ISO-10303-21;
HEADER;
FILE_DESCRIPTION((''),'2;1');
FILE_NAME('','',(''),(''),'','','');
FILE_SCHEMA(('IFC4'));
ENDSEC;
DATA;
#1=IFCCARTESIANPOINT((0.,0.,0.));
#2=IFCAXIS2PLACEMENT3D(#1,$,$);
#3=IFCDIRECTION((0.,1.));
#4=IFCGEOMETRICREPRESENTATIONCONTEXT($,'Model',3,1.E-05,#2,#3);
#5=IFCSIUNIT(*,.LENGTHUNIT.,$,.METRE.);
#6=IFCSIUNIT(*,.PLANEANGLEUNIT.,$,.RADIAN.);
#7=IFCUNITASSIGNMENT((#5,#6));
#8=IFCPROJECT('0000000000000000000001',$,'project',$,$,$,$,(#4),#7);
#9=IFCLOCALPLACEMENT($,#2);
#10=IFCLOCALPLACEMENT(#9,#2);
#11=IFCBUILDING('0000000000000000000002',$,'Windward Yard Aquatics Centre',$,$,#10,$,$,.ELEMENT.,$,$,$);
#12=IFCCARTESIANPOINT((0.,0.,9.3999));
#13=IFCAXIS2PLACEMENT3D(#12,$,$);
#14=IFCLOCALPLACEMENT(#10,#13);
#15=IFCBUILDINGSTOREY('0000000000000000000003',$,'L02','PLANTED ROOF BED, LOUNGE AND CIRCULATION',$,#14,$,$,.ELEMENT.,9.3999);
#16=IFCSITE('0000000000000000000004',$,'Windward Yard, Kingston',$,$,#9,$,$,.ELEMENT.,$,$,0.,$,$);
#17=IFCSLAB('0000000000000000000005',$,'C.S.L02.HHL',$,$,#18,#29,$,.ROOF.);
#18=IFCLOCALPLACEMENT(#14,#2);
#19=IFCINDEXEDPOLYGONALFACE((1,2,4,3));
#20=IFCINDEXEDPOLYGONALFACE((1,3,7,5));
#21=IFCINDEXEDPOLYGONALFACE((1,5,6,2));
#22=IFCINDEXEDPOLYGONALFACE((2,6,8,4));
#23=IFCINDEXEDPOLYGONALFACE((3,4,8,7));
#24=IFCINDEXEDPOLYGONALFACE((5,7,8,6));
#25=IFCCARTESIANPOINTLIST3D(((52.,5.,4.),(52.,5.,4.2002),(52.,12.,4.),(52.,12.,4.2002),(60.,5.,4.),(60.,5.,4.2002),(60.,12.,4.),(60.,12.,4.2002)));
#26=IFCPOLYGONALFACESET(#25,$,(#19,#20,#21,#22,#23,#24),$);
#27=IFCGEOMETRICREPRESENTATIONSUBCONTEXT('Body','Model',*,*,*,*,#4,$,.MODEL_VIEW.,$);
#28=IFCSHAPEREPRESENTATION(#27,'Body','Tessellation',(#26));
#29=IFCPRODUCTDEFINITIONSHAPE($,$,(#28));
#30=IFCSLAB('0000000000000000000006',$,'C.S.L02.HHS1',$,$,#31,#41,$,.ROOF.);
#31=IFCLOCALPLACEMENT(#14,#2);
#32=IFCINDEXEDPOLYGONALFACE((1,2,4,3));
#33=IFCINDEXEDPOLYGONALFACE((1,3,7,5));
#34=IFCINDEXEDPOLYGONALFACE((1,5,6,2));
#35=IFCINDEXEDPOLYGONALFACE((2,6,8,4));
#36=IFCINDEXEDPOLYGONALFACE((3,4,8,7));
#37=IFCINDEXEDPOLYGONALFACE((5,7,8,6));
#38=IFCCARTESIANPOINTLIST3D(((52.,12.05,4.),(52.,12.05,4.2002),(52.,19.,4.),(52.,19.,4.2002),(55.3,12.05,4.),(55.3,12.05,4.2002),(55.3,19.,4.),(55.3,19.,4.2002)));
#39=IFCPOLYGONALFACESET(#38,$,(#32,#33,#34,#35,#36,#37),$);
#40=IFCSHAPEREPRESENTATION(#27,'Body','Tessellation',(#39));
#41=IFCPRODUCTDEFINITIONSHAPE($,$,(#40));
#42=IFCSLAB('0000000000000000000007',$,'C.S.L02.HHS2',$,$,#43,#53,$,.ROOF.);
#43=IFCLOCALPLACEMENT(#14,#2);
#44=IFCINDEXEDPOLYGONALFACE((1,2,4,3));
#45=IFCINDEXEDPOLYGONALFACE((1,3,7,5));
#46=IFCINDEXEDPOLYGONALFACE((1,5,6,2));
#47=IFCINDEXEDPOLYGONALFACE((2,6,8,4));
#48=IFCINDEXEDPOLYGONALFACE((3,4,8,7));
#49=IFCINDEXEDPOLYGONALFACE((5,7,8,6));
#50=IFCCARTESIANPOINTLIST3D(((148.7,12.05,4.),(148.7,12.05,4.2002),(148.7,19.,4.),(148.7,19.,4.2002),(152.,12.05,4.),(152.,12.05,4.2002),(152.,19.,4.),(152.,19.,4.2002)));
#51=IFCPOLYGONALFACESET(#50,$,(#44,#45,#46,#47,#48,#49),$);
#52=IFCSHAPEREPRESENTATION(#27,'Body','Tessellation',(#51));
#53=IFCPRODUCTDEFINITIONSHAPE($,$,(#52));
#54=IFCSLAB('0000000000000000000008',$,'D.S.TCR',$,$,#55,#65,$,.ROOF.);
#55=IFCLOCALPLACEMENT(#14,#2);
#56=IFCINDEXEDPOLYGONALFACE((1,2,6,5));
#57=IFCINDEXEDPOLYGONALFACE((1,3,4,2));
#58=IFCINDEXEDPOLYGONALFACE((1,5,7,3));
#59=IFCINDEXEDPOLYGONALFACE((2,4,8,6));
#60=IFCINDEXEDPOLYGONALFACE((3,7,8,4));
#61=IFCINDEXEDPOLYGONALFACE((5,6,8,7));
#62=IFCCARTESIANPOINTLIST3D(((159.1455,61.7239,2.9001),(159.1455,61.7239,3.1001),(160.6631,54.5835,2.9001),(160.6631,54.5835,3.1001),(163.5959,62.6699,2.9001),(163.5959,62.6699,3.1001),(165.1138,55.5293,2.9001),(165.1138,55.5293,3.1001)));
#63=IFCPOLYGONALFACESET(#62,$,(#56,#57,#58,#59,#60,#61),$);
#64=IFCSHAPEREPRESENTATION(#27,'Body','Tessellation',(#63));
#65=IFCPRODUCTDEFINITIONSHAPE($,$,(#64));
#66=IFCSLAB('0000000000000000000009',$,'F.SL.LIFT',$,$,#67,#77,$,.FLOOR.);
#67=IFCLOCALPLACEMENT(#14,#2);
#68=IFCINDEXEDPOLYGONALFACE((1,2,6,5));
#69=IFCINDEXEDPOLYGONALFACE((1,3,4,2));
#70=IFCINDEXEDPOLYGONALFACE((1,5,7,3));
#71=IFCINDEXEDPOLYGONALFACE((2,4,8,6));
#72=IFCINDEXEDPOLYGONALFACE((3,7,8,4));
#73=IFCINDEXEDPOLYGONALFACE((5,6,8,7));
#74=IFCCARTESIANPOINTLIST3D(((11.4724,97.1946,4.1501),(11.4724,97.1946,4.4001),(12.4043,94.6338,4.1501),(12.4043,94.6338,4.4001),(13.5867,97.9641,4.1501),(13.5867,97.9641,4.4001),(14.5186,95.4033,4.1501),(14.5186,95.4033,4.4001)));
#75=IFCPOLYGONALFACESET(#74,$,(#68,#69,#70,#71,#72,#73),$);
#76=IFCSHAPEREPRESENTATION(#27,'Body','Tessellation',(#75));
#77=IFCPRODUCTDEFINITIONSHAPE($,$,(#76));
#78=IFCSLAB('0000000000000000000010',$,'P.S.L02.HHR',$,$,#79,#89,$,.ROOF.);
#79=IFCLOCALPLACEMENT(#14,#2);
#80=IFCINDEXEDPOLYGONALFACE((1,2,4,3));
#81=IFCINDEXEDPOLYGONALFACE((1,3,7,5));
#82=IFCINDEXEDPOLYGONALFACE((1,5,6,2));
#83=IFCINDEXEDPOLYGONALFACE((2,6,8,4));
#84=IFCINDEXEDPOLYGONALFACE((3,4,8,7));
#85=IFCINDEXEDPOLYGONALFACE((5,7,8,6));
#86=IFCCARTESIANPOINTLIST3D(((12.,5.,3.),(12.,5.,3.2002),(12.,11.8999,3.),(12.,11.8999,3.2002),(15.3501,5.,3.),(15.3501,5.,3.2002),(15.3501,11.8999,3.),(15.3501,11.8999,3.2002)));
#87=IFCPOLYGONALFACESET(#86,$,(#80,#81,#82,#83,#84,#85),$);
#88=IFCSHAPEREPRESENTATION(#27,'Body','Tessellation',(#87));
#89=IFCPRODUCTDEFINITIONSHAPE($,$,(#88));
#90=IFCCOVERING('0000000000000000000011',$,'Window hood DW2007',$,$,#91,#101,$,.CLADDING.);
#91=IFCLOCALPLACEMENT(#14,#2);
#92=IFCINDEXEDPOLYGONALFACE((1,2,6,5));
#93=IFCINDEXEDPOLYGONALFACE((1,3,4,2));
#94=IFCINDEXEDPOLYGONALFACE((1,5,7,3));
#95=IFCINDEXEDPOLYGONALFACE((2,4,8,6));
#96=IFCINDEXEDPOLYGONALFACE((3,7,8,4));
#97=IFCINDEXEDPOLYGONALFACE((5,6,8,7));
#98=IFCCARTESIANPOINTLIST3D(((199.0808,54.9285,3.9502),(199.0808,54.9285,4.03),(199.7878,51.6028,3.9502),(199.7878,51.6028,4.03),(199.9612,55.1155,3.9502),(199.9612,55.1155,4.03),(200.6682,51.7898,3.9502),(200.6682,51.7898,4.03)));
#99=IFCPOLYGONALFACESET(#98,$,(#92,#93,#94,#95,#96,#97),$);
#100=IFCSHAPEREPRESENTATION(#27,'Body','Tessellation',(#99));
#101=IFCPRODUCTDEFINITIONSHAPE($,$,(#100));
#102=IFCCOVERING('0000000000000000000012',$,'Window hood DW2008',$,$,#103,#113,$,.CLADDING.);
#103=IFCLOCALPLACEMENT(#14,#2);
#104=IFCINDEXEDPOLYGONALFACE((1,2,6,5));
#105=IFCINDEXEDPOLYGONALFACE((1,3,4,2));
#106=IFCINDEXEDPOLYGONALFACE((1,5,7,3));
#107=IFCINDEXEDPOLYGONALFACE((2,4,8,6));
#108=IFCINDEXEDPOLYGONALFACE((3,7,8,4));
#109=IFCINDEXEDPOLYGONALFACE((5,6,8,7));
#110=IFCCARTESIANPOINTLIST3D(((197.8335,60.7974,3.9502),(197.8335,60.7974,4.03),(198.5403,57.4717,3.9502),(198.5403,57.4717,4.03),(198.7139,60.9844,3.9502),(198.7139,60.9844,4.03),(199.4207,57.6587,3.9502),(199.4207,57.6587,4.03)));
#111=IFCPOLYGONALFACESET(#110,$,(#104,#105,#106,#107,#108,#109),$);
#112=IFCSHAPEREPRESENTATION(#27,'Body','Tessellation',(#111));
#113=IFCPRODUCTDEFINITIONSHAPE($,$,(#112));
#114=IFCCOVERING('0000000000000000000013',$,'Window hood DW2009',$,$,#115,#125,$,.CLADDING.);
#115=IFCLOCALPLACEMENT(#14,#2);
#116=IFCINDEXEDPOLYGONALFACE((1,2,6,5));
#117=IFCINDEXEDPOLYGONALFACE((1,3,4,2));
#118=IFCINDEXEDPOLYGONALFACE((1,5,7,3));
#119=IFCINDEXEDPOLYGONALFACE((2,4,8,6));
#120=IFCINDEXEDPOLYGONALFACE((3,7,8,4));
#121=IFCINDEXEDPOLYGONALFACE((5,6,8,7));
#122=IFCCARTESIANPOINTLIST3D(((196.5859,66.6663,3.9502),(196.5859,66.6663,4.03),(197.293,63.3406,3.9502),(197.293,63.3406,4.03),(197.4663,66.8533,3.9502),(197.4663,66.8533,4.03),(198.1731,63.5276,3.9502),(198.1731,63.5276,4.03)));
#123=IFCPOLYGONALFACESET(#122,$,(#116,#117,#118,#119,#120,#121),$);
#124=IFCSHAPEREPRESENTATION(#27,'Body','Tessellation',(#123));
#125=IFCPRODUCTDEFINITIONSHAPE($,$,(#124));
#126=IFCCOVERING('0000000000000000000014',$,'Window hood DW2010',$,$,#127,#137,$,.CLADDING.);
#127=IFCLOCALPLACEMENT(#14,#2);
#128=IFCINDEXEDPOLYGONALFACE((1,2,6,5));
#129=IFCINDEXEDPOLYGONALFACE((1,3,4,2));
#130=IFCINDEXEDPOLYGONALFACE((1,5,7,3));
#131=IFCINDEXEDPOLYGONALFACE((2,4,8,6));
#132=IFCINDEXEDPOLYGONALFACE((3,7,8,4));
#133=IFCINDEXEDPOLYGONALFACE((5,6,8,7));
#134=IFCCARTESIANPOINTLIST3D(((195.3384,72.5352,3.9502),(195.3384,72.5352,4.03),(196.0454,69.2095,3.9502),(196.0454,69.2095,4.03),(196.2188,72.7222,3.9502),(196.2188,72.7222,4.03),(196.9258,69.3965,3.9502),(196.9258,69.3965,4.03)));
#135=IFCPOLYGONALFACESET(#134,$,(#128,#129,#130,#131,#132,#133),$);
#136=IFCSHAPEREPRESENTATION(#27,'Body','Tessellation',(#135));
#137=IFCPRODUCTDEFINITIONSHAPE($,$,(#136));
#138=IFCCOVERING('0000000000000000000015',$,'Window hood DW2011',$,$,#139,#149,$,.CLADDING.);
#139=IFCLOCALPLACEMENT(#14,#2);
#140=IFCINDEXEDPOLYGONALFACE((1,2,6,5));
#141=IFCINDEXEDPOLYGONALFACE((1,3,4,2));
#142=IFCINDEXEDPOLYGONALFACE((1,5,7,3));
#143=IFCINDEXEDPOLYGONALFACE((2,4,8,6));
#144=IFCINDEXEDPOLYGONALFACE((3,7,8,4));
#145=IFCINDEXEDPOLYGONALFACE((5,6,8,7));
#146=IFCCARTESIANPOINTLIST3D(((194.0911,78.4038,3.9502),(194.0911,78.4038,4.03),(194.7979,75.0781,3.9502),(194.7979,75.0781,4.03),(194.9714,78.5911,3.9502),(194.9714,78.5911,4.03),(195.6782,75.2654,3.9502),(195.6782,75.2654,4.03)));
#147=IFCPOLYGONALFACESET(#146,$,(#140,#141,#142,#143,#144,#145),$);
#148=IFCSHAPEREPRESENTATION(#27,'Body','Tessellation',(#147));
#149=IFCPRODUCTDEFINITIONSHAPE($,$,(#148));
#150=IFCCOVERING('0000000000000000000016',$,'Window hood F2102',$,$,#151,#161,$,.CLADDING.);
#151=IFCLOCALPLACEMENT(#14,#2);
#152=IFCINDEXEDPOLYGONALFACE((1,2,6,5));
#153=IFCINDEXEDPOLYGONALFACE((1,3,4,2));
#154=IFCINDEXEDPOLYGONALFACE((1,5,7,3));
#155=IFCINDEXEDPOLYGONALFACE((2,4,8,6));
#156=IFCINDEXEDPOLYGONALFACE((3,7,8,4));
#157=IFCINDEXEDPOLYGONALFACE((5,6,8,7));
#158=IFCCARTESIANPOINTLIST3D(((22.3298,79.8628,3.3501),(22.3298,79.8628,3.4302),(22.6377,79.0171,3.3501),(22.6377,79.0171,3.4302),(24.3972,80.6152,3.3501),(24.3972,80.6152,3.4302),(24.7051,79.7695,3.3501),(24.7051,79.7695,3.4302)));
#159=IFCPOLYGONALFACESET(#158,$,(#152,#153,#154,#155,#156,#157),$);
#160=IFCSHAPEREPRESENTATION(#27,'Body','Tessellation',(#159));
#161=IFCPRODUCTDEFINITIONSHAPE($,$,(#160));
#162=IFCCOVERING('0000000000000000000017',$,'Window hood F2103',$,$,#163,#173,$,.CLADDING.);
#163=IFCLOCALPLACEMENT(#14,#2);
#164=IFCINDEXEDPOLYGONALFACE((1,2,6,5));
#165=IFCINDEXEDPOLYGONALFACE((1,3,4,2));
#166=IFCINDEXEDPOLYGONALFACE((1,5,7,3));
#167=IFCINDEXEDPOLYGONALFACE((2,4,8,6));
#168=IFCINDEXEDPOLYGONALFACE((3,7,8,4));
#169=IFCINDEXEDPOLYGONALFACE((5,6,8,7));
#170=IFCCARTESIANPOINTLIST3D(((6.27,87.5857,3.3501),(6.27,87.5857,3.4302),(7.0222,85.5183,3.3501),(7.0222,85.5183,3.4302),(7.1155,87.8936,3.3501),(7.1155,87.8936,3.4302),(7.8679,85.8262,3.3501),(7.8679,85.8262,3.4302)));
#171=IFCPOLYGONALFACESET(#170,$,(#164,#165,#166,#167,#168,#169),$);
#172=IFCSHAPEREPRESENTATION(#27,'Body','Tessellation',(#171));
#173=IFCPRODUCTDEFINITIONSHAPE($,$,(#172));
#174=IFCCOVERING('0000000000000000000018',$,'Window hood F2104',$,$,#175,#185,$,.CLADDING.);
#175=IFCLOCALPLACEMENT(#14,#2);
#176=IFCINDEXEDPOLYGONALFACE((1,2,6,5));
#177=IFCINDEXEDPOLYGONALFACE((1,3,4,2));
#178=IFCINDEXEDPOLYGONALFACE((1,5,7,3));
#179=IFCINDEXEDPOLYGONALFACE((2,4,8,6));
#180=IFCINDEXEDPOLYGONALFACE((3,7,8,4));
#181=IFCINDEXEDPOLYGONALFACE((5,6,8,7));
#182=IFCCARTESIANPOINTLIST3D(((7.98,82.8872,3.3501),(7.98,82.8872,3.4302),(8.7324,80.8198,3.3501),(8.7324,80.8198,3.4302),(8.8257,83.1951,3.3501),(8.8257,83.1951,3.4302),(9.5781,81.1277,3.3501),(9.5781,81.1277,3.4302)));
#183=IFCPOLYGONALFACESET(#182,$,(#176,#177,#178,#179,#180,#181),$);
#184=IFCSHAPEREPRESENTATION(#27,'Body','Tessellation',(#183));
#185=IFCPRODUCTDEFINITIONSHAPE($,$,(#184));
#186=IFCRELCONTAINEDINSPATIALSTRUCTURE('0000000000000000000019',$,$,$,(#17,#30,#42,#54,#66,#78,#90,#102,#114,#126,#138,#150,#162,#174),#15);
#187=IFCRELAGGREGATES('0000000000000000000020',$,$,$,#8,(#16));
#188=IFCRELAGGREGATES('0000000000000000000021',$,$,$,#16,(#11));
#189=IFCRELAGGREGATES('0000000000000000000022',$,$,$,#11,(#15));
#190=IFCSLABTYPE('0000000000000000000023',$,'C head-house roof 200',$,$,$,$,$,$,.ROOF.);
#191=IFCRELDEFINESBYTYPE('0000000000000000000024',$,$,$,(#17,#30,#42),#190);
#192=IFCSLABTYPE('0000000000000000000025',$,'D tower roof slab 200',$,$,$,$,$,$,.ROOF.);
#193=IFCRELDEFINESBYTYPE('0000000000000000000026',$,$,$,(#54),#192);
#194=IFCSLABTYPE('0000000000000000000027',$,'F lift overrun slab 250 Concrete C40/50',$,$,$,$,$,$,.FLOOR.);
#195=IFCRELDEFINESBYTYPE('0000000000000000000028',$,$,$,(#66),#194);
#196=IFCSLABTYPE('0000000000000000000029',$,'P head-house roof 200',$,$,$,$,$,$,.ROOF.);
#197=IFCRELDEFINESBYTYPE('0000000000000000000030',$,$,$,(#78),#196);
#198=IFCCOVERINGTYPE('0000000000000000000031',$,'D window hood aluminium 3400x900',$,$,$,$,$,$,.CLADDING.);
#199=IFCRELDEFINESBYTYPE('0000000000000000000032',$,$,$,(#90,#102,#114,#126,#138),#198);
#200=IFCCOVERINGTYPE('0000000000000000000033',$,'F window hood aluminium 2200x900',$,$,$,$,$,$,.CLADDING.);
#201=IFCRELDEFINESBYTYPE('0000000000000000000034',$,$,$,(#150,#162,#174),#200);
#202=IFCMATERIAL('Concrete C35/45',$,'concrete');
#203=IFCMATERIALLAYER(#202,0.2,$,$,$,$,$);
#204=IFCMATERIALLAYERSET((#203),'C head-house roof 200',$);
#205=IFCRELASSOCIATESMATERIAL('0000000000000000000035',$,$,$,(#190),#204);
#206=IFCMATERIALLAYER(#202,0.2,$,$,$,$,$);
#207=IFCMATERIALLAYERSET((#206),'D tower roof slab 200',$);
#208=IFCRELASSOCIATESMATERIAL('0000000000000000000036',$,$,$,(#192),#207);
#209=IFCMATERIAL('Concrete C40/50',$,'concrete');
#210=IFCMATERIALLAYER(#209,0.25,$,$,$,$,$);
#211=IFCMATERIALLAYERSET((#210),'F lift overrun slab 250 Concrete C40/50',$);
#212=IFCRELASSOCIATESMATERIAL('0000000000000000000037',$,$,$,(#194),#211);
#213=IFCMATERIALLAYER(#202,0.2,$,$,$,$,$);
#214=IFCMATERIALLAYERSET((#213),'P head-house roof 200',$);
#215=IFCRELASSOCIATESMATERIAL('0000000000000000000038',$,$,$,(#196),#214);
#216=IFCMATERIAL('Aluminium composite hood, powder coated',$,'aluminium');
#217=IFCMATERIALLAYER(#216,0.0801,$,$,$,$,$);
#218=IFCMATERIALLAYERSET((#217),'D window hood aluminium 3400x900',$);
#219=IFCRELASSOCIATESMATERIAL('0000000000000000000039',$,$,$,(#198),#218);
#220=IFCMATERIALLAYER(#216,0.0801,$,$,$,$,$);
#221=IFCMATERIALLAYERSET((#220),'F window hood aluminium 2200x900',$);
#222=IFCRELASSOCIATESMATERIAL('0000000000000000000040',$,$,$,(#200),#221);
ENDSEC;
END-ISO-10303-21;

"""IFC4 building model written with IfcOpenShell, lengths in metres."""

from ifc_helpers import new_model, si_unit, direction, frame, origin, place, context, subcontext, project, spatial, polyline, outline, extrude, material, layer, layer_set, type_object, element, save


model = new_model("IFC4")

# Units and contexts
model_context = context("Model", 3, precision=1e-05, world=origin(), true_north=direction((0.0, 1.0)))
body_context = subcontext(model_context, "Body", "Model", "MODEL_VIEW")
ifc_project = project(units=[si_unit("LENGTHUNIT", "METRE"), si_unit("PLANEANGLEUNIT", "RADIAN")], contexts=[model_context])

# Site, building, storey
site_placement = place(None, origin())
site = spatial("IfcSite", under=ifc_project, at=site_placement, Name="Windward Yard, Kingston", CompositionType="ELEMENT", RefElevation=0.0)
building_placement = place(site_placement, origin())
building = spatial("IfcBuilding", under=site, at=building_placement, Name="Windward Yard Aquatics Centre", CompositionType="ELEMENT")
storey_placement = place(building_placement, frame((0.0, 0.0, 9.3999)))
storey = spatial("IfcBuildingStorey", under=building, at=storey_placement, Name="L02", Description="PLANTED ROOF BED, LOUNGE AND CIRCULATION", CompositionType="ELEMENT", Elevation=9.3999)

# Slabs
ifc_material_1 = material(Name="Concrete C35/45", Category="concrete")
ifc_layer_1 = layer(ifc_material_1, 0.2)
ifc_layer_set_1 = layer_set([ifc_layer_1], Name="C head-house roof 200")
slab_type_1 = type_object("IfcSlabType", Name="C head-house roof 200", PredefinedType="ROOF", material=ifc_layer_set_1)
slab_1_placement = place(storey_placement, frame((0.0, 0.0, 4.0)))
element("IfcSlab", 1, at=slab_1_placement, inside=storey, type_object=slab_type_1, Name="C.S.L02.HHL", PredefinedType="ROOF", context=body_context, shape_type="SweptSolid", body=[
    extrude(outline(polyline([(52.0, 5.0), (60.0, 5.0), (60.0, 12.0), (52.0, 12.0), (52.0, 5.0)])), origin(), (0.0, 0.0, 1.0), 0.2002),
])
slab_2_placement = place(storey_placement, frame((0.0, 0.0, 4.0)))
element("IfcSlab", 2, at=slab_2_placement, inside=storey, type_object=slab_type_1, Name="C.S.L02.HHS1", PredefinedType="ROOF", context=body_context, shape_type="SweptSolid", body=[
    extrude(outline(polyline([(52.0, 12.05), (55.3, 12.05), (55.3, 19.0), (52.0, 19.0), (52.0, 12.05)])), origin(), (0.0, 0.0, 1.0), 0.2002),
])
slab_3_placement = place(storey_placement, frame((0.0, 0.0, 4.0)))
element("IfcSlab", 3, at=slab_3_placement, inside=storey, type_object=slab_type_1, Name="C.S.L02.HHS2", PredefinedType="ROOF", context=body_context, shape_type="SweptSolid", body=[
    extrude(outline(polyline([(148.7, 12.05), (152.0, 12.05), (152.0, 19.0), (148.7, 19.0), (148.7, 12.05)])), origin(), (0.0, 0.0, 1.0), 0.2002),
])
ifc_layer_2 = layer(ifc_material_1, 0.2)
ifc_layer_set_2 = layer_set([ifc_layer_2], Name="D tower roof slab 200")
slab_type_2 = type_object("IfcSlabType", Name="D tower roof slab 200", PredefinedType="ROOF", material=ifc_layer_set_2)
slab_4_placement = place(storey_placement, frame((0.0, 0.0, 2.9001)))
element("IfcSlab", 4, at=slab_4_placement, inside=storey, type_object=slab_type_2, Name="D.S.TCR", PredefinedType="ROOF", context=body_context, shape_type="SweptSolid", body=[
    extrude(outline(polyline([(159.1455, 61.7239), (160.6631, 54.5835), (165.1138, 55.5293), (163.5959, 62.6699), (159.1455, 61.7239)])), origin(), (0.0, 0.0, 1.0), 0.2),
])
ifc_material_2 = material(Name="Concrete C40/50", Category="concrete")
ifc_layer_3 = layer(ifc_material_2, 0.25)
ifc_layer_set_3 = layer_set([ifc_layer_3], Name="F lift overrun slab 250 Concrete C40/50")
slab_type_3 = type_object("IfcSlabType", Name="F lift overrun slab 250 Concrete C40/50", PredefinedType="FLOOR", material=ifc_layer_set_3)
slab_5_placement = place(storey_placement, frame((0.0, 0.0, 4.1501)))
element("IfcSlab", 5, at=slab_5_placement, inside=storey, type_object=slab_type_3, Name="F.SL.LIFT", PredefinedType="FLOOR", context=body_context, shape_type="SweptSolid", body=[
    extrude(outline(polyline([(11.4724, 97.1946), (12.4043, 94.6338), (14.5186, 95.4033), (13.5867, 97.9641), (11.4724, 97.1946)])), origin(), (0.0, 0.0, 1.0), 0.25),
])
ifc_layer_4 = layer(ifc_material_1, 0.2)
ifc_layer_set_4 = layer_set([ifc_layer_4], Name="P head-house roof 200")
slab_type_4 = type_object("IfcSlabType", Name="P head-house roof 200", PredefinedType="ROOF", material=ifc_layer_set_4)
slab_6_placement = place(storey_placement, frame((0.0, 0.0, 3.0)))
element("IfcSlab", 6, at=slab_6_placement, inside=storey, type_object=slab_type_4, Name="P.S.L02.HHR", PredefinedType="ROOF", context=body_context, shape_type="SweptSolid", body=[
    extrude(outline(polyline([(12.0, 5.0), (15.3501, 5.0), (15.3501, 11.8999), (12.0, 11.8999), (12.0, 5.0)])), origin(), (0.0, 0.0, 1.0), 0.2002),
])

# Coverings
ifc_material_3 = material(Name="Aluminium composite hood, powder coated", Category="aluminium")
ifc_layer_5 = layer(ifc_material_3, 0.0801)
ifc_layer_set_5 = layer_set([ifc_layer_5], Name="D window hood aluminium 3400x900")
covering_type_1 = type_object("IfcCoveringType", Name="D window hood aluminium 3400x900", PredefinedType="CLADDING", material=ifc_layer_set_5)
covering_1_placement = place(storey_placement, frame((0.0, 0.0, 3.9502)))
element("IfcCovering", 7, at=covering_1_placement, inside=storey, type_object=covering_type_1, Name="Window hood DW2007", PredefinedType="CLADDING", context=body_context, shape_type="SweptSolid", body=[
    extrude(outline(polyline([(199.0808, 54.9285), (199.9612, 55.1155), (200.6682, 51.7898), (199.7878, 51.6028), (199.0808, 54.9285)])), origin(), (0.0, 0.0, 1.0), 0.0798),
])
covering_2_placement = place(storey_placement, frame((0.0, 0.0, 3.9502)))
element("IfcCovering", 8, at=covering_2_placement, inside=storey, type_object=covering_type_1, Name="Window hood DW2008", PredefinedType="CLADDING", context=body_context, shape_type="SweptSolid", body=[
    extrude(outline(polyline([(197.8335, 60.7974), (198.7139, 60.9844), (199.4207, 57.6587), (198.5403, 57.4717), (197.8335, 60.7974)])), origin(), (0.0, 0.0, 1.0), 0.0798),
])
covering_3_placement = place(storey_placement, frame((0.0, 0.0, 3.9502)))
element("IfcCovering", 9, at=covering_3_placement, inside=storey, type_object=covering_type_1, Name="Window hood DW2009", PredefinedType="CLADDING", context=body_context, shape_type="SweptSolid", body=[
    extrude(outline(polyline([(196.5859, 66.6663), (197.4663, 66.8533), (198.1731, 63.5276), (197.293, 63.3406), (196.5859, 66.6663)])), origin(), (0.0, 0.0, 1.0), 0.0798),
])
covering_4_placement = place(storey_placement, frame((0.0, 0.0, 3.9502)))
element("IfcCovering", 10, at=covering_4_placement, inside=storey, type_object=covering_type_1, Name="Window hood DW2010", PredefinedType="CLADDING", context=body_context, shape_type="SweptSolid", body=[
    extrude(outline(polyline([(195.3384, 72.5352), (196.2188, 72.7222), (196.9258, 69.3965), (196.0454, 69.2095), (195.3384, 72.5352)])), origin(), (0.0, 0.0, 1.0), 0.0798),
])
covering_5_placement = place(storey_placement, frame((0.0, 0.0, 3.9502)))
element("IfcCovering", 11, at=covering_5_placement, inside=storey, type_object=covering_type_1, Name="Window hood DW2011", PredefinedType="CLADDING", context=body_context, shape_type="SweptSolid", body=[
    extrude(outline(polyline([(194.0911, 78.4038), (194.9714, 78.5911), (195.6782, 75.2654), (194.7979, 75.0781), (194.0911, 78.4038)])), origin(), (0.0, 0.0, 1.0), 0.0798),
])
ifc_layer_6 = layer(ifc_material_3, 0.0801)
ifc_layer_set_6 = layer_set([ifc_layer_6], Name="F window hood aluminium 2200x900")
covering_type_2 = type_object("IfcCoveringType", Name="F window hood aluminium 2200x900", PredefinedType="CLADDING", material=ifc_layer_set_6)
covering_6_placement = place(storey_placement, frame((0.0, 0.0, 3.3501)))
element("IfcCovering", 12, at=covering_6_placement, inside=storey, type_object=covering_type_2, Name="Window hood F2102", PredefinedType="CLADDING", context=body_context, shape_type="SweptSolid", body=[
    extrude(outline(polyline([(22.3298, 79.8628), (24.3972, 80.6152), (24.7051, 79.7695), (22.6377, 79.0171), (22.3298, 79.8628)])), origin(), (0.0, 0.0, 1.0), 0.0801),
])
covering_7_placement = place(storey_placement, frame((0.0, 0.0, 3.3501)))
element("IfcCovering", 13, at=covering_7_placement, inside=storey, type_object=covering_type_2, Name="Window hood F2103", PredefinedType="CLADDING", context=body_context, shape_type="SweptSolid", body=[
    extrude(outline(polyline([(6.27, 87.5857), (7.1155, 87.8936), (7.8679, 85.8262), (7.0222, 85.5183), (6.27, 87.5857)])), origin(), (0.0, 0.0, 1.0), 0.0801),
])
covering_8_placement = place(storey_placement, frame((0.0, 0.0, 3.3501)))
element("IfcCovering", 14, at=covering_8_placement, inside=storey, type_object=covering_type_2, Name="Window hood F2104", PredefinedType="CLADDING", context=body_context, shape_type="SweptSolid", body=[
    extrude(outline(polyline([(7.98, 82.8872), (8.8257, 83.1951), (9.5781, 81.1277), (8.7324, 80.8198), (7.98, 82.8872)])), origin(), (0.0, 0.0, 1.0), 0.0801),
])

save(model, "model.ifc")
